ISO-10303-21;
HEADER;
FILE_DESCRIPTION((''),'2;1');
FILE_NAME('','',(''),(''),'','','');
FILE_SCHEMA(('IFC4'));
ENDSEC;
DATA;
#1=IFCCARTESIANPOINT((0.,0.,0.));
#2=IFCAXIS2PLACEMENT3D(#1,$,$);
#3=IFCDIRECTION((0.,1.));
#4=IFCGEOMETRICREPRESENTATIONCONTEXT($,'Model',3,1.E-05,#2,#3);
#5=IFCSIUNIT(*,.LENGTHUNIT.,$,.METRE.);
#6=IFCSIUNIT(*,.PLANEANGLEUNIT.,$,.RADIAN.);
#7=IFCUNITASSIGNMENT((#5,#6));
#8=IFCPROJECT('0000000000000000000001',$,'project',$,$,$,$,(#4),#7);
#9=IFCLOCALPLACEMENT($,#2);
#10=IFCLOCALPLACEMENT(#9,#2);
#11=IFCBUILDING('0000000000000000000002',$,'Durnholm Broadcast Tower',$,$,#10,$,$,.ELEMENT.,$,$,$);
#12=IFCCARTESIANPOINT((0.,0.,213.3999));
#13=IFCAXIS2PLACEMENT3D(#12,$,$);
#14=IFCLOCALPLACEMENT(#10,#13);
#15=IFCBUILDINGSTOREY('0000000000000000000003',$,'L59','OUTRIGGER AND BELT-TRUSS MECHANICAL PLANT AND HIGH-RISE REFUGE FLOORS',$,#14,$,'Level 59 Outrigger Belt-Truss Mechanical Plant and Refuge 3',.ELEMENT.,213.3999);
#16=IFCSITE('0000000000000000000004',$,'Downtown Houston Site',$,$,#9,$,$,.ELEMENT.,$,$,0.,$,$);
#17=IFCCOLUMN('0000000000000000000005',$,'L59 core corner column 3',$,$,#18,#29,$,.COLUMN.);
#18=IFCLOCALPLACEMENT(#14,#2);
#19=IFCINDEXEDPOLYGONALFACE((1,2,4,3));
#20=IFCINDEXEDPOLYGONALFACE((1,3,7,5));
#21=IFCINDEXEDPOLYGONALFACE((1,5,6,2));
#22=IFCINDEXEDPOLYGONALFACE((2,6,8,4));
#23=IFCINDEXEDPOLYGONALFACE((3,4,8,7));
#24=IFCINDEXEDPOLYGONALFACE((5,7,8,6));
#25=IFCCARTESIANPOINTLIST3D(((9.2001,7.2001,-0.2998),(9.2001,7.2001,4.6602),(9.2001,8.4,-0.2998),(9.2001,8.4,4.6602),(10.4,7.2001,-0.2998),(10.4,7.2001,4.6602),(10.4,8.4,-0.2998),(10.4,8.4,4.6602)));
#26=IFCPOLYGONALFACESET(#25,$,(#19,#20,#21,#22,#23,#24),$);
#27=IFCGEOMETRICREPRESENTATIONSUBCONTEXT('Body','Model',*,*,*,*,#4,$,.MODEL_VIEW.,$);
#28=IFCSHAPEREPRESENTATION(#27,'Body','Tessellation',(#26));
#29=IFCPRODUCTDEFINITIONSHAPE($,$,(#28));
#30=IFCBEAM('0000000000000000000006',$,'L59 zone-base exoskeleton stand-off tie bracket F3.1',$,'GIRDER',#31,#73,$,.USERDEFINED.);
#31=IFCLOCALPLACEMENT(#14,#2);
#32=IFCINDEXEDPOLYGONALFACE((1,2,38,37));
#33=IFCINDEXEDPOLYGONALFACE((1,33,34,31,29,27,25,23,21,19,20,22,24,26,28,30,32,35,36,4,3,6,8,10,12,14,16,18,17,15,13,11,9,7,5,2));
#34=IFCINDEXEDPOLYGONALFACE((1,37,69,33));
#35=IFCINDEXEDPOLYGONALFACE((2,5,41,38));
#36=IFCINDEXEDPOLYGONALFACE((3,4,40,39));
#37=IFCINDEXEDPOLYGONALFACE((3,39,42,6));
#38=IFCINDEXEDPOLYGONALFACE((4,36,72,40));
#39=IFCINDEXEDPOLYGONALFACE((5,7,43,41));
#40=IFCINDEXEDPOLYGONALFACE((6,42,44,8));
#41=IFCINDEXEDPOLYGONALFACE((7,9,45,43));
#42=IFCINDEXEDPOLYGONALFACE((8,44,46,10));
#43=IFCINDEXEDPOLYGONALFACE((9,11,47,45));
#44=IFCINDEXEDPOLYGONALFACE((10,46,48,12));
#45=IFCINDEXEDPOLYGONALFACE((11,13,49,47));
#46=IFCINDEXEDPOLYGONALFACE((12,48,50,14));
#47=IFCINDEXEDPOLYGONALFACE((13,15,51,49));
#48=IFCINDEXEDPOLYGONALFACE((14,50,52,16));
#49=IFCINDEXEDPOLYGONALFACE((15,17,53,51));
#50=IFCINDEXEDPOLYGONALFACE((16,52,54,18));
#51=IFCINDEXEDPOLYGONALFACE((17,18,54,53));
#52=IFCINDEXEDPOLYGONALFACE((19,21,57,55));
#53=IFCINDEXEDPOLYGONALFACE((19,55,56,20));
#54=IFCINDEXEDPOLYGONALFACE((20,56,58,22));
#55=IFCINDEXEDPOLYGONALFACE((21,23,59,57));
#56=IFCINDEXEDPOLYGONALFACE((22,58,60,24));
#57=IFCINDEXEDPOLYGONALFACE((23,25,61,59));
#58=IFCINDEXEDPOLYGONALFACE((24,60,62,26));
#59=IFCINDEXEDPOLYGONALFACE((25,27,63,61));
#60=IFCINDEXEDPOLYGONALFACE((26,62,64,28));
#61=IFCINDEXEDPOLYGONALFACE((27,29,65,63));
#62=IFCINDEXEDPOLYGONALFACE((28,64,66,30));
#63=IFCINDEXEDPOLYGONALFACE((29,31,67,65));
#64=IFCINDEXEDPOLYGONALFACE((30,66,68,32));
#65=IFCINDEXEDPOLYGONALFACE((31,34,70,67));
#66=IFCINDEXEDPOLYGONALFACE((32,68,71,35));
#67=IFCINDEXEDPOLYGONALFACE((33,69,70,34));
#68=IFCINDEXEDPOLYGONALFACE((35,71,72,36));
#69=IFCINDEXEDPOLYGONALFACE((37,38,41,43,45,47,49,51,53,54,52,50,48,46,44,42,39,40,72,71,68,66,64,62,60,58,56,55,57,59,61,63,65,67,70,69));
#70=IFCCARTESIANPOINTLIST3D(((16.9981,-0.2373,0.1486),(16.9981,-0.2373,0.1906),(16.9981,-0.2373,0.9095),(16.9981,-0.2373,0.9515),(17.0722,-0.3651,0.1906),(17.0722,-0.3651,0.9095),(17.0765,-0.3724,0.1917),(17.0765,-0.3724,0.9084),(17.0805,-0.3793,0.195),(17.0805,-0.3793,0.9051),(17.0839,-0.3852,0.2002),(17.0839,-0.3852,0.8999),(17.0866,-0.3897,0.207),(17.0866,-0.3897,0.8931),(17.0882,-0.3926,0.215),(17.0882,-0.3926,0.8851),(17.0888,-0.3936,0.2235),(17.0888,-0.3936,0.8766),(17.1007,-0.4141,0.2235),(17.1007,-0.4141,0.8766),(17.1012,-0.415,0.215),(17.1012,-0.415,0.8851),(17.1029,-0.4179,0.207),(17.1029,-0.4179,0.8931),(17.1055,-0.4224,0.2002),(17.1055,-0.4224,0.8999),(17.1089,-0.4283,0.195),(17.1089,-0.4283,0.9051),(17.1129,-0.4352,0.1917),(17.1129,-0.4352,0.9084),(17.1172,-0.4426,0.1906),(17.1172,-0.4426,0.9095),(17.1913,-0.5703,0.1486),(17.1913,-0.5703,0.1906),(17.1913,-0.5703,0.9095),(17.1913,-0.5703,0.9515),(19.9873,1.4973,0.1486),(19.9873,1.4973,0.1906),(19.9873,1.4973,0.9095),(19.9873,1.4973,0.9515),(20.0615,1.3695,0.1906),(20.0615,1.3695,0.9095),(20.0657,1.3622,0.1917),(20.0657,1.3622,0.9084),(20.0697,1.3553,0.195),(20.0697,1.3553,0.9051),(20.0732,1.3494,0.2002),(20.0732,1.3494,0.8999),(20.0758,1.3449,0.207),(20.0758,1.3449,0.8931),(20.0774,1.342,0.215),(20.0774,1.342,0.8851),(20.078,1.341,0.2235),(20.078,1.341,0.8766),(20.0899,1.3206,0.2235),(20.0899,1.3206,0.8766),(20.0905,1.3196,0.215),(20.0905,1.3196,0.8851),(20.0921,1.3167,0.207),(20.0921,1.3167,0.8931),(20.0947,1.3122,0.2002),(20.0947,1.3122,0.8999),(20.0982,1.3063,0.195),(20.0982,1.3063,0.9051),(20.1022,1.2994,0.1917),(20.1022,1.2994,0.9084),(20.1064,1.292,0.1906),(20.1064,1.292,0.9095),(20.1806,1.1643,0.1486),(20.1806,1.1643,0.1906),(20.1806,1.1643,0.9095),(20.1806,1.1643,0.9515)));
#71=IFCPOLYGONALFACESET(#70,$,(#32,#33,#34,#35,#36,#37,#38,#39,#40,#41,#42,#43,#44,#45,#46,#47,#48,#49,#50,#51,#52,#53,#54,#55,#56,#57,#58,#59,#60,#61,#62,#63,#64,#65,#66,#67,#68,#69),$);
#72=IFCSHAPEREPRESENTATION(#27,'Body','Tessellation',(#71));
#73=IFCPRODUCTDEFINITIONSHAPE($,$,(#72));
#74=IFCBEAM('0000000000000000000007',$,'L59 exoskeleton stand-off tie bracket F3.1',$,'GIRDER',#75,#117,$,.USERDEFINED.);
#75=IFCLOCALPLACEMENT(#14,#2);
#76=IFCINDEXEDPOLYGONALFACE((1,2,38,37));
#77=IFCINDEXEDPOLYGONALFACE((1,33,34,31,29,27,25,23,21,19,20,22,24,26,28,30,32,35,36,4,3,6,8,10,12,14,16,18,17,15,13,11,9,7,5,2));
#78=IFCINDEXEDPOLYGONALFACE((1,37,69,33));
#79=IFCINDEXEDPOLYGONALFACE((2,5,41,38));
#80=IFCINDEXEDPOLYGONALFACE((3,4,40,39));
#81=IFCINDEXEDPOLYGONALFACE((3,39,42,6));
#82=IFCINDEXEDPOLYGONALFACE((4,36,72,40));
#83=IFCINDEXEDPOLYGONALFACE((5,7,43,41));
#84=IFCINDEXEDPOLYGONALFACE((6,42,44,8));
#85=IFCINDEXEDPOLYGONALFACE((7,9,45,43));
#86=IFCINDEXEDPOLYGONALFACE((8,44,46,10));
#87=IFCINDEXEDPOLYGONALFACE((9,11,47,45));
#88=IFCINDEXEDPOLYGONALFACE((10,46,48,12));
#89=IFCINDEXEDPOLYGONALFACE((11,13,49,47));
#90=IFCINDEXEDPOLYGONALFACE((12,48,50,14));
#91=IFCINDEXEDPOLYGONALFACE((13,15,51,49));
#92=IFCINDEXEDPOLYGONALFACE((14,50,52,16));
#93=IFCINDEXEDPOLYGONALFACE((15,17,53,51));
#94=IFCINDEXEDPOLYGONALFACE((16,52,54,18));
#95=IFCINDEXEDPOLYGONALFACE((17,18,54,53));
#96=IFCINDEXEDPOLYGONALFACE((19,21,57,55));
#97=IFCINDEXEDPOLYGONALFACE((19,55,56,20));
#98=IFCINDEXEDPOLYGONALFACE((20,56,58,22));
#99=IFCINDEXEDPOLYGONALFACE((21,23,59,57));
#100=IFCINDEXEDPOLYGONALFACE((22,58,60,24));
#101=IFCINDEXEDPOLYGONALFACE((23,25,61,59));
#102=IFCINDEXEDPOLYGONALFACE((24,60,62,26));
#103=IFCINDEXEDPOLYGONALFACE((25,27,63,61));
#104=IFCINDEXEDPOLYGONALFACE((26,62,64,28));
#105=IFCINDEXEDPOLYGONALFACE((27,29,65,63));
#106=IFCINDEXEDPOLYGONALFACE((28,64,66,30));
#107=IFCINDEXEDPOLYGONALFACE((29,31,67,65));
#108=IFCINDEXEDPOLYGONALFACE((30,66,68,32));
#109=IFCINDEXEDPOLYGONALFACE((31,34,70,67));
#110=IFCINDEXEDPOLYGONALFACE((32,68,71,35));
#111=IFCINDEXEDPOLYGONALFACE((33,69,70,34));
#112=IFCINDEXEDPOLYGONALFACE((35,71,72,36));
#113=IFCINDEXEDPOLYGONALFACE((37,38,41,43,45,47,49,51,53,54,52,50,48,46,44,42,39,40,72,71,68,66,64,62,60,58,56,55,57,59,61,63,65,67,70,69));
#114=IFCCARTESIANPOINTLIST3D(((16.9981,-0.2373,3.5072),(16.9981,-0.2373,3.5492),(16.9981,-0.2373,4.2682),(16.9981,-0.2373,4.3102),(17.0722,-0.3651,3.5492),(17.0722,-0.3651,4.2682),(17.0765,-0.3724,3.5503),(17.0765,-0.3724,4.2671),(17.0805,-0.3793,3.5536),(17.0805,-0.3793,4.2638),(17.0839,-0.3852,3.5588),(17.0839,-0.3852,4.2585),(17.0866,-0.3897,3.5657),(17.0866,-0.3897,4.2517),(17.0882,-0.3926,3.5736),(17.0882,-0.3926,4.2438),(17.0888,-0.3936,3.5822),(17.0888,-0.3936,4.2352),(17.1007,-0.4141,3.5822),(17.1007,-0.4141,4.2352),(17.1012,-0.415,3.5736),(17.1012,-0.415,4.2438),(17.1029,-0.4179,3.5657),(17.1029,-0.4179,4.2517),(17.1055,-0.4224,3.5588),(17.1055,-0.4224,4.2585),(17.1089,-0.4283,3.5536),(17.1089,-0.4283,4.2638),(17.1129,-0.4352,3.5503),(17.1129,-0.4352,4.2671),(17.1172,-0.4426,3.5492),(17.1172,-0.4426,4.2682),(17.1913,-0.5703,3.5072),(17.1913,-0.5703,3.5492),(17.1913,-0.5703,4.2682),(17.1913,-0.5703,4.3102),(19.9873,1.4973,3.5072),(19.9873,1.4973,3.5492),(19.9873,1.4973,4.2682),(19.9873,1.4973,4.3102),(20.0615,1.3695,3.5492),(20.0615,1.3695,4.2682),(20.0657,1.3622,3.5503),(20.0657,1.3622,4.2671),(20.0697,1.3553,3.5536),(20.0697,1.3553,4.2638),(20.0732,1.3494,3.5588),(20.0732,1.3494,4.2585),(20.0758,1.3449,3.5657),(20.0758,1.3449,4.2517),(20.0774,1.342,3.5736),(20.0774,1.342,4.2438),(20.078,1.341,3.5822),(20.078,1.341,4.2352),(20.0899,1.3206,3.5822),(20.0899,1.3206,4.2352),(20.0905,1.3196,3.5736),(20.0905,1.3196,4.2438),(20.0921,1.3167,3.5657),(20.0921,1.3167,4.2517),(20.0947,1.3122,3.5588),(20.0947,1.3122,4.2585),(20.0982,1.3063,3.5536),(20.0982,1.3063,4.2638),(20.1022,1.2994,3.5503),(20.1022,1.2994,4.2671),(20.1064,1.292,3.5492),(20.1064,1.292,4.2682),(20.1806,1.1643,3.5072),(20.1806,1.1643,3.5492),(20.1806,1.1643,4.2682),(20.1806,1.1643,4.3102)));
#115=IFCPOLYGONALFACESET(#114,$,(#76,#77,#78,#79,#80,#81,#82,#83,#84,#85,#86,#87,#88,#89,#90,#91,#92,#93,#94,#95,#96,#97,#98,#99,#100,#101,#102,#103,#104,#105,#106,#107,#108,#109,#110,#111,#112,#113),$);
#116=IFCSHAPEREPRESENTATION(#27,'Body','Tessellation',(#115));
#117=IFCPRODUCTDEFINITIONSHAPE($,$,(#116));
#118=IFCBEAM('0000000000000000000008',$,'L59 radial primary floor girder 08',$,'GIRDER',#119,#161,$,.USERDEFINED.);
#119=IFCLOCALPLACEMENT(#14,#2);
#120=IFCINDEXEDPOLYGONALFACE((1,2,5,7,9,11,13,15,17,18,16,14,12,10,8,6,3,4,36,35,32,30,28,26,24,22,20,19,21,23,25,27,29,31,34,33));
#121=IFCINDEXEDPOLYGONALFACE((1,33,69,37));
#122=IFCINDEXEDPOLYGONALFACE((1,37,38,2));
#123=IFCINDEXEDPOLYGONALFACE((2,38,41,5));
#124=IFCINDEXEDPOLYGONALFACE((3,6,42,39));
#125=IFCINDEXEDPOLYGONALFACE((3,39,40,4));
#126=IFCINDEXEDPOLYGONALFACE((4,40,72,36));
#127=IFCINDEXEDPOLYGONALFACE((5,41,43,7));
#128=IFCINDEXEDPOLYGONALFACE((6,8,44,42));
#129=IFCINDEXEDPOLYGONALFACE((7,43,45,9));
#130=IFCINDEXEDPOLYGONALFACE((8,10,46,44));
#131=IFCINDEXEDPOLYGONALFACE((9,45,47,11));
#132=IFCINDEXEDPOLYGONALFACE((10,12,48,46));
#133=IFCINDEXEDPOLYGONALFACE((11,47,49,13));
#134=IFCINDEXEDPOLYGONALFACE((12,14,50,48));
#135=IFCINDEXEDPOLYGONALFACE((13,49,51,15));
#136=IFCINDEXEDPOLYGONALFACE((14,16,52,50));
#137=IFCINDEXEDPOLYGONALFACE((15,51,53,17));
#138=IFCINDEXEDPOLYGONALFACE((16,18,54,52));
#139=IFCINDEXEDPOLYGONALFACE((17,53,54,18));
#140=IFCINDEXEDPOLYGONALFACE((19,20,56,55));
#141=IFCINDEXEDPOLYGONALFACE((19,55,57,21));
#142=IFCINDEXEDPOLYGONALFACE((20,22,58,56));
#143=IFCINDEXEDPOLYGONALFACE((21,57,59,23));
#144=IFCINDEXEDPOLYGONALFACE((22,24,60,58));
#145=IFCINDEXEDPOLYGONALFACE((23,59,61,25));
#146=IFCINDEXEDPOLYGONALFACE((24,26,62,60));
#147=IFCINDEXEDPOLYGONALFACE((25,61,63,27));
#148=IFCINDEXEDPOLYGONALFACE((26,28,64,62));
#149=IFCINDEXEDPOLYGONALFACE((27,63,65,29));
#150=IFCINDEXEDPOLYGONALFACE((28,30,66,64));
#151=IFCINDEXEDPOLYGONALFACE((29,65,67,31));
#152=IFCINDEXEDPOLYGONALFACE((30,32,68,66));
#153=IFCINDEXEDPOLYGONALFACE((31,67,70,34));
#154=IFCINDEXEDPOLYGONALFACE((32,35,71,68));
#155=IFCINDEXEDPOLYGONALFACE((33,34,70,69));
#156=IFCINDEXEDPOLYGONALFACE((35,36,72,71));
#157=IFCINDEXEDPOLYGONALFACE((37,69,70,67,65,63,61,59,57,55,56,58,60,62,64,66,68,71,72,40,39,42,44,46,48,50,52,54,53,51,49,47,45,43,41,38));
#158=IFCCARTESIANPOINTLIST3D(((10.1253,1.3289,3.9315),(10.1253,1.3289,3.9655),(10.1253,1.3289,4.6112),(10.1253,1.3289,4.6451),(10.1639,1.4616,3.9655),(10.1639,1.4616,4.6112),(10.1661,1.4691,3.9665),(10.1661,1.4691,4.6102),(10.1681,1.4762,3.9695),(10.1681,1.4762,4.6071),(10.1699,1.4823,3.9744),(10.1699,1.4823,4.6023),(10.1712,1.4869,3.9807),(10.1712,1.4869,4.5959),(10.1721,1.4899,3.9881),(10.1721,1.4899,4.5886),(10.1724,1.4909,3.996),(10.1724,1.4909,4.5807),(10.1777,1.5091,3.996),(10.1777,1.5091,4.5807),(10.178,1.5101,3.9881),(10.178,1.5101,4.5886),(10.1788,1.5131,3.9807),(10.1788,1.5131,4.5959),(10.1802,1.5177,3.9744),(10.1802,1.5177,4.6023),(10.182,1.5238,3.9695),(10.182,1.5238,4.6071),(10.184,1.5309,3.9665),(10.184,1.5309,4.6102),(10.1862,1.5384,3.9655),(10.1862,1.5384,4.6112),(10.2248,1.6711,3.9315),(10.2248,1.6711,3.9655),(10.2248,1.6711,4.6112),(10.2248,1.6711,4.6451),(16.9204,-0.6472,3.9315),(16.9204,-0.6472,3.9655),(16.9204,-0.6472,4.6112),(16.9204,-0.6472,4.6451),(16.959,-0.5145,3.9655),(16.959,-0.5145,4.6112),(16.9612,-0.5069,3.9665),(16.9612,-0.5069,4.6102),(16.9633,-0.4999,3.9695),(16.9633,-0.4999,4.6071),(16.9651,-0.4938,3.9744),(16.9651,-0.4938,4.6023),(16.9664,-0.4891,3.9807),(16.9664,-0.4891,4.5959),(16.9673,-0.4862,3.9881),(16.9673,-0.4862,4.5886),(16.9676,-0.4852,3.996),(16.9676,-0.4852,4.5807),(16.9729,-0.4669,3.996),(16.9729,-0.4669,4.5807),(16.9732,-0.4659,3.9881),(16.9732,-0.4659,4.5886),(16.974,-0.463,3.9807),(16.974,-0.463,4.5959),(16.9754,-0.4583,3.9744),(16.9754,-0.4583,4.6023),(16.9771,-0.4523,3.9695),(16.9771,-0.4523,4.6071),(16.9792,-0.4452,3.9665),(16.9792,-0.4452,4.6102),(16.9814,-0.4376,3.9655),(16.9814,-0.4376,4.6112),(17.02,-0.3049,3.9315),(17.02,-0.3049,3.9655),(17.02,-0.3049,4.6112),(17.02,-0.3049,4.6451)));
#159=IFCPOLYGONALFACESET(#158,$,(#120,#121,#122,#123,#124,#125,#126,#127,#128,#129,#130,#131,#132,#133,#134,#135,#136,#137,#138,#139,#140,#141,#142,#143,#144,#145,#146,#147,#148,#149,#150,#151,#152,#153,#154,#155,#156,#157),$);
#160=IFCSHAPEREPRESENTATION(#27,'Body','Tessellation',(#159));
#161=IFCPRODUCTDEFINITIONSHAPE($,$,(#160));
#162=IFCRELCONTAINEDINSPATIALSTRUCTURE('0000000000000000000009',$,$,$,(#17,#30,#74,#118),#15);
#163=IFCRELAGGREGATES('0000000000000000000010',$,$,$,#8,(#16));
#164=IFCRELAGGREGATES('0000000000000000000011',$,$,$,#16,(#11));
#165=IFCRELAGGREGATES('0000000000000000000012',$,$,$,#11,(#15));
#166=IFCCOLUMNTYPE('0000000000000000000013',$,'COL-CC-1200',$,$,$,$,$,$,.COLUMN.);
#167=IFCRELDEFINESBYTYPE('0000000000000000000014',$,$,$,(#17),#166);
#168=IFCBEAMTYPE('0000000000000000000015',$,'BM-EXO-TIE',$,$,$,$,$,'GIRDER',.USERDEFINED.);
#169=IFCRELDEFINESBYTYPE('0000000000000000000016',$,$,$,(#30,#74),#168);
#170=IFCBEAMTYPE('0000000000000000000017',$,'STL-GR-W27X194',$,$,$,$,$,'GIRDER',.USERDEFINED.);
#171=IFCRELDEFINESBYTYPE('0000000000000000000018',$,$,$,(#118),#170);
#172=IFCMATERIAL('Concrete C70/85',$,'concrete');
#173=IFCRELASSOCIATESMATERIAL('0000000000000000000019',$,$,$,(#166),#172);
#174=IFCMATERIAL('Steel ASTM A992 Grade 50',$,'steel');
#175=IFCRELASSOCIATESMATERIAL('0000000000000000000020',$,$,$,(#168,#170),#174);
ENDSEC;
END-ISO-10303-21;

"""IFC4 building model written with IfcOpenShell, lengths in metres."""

from ifc_helpers import new_model, si_unit, direction, frame, origin, origin_2d, place, context, subcontext, project, spatial, rectangle, i_section, extrude, source, transform, mapped, material, material_profile, profile_set, type_object, type_shapes, element, save


model = new_model("IFC4")

# Units and contexts
model_context = context("Model", 3, precision=1e-05, world=origin(), true_north=direction((0.0, 1.0)))
body_context = subcontext(model_context, "Body", "Model", "MODEL_VIEW")
ifc_project = project(units=[si_unit("LENGTHUNIT", "METRE"), si_unit("PLANEANGLEUNIT", "RADIAN")], contexts=[model_context])

# Site, building, storey
site_placement = place(None, origin())
site = spatial("IfcSite", under=ifc_project, at=site_placement, Name="Downtown Houston Site", CompositionType="ELEMENT", RefElevation=0.0)
building_placement = place(site_placement, origin())
building = spatial("IfcBuilding", under=site, at=building_placement, Name="Durnholm Broadcast Tower", CompositionType="ELEMENT")
storey_placement = place(building_placement, frame((0.0, 0.0, 213.3999)))
storey = spatial("IfcBuildingStorey", under=building, at=storey_placement, Name="L59", Description="OUTRIGGER AND BELT-TRUSS MECHANICAL PLANT AND HIGH-RISE REFUGE FLOORS", LongName="Level 59 Outrigger Belt-Truss Mechanical Plant and Refuge 3", CompositionType="ELEMENT", Elevation=213.3999)

# Column
ifc_material_1 = material(Name="Concrete C70/85", Category="concrete")
ifc_material_profile_1 = material_profile(ifc_material_1, rectangle(XDim=1.2, YDim=1.2, at=origin_2d()), Name="RC1200X1200")
ifc_profile_set_1 = profile_set([ifc_material_profile_1], Name="Concrete C70/85")
column_type = type_object("IfcColumnType", Name="COL-CC-1200", PredefinedType="COLUMN", material=ifc_profile_set_1)
shared_shape_1 = source(origin(), body_context, "Body", "SweptSolid", [
    extrude(rectangle(XDim=1.2, YDim=1.2, at=origin_2d()), origin(), (0.0, 0.0, 1.0), 4.96),
])
type_shapes(column_type, [shared_shape_1])
column_placement = place(storey_placement, frame((9.8, 7.8, -0.2998), z_axis=(0.0, 0.0, 1.0), x_axis=(1.0, 0.0, 0.0)))
element("IfcColumn", 1, at=column_placement, inside=storey, type_object=column_type, Name="L59 core corner column 3", PredefinedType="COLUMN", context=body_context, shape_type="MappedRepresentation", body=[
    mapped(shared_shape_1, transform((0.0, 0.0, 0.0), x_axis=(1.0, 0.0, 0.0), y_axis=(0.0, 1.0, 0.0), z_axis=(0.0, 0.0, 1.0), scale=1.0)),
])

# Beams
ifc_material_2 = material(Name="Steel ASTM A992 Grade 50", Category="steel")
ifc_material_profile_2 = material_profile(ifc_material_2, i_section(OverallWidth=0.385, OverallDepth=0.803, WebThickness=0.0237, FlangeThickness=0.042, FilletRadius=0.033, at=origin_2d()), Name="W30X261")
ifc_profile_set_2 = profile_set([ifc_material_profile_2], Name="Steel ASTM A992 Grade 50")
beam_type_1 = type_object("IfcBeamType", Name="BM-EXO-TIE", ElementType="GIRDER", PredefinedType="USERDEFINED", material=ifc_profile_set_2)
shared_shape_2 = source(origin(), body_context, "Body", "SweptSolid", [
    extrude(i_section(OverallWidth=0.385, OverallDepth=0.803, WebThickness=0.0237, FlangeThickness=0.042, FilletRadius=0.033, at=origin_2d()), origin(), (0.0, 0.0, 1.0), 3.4561),
])
for number, where, z_axis, x_axis, name in (
    (2, (17.0947, -0.4038, 0.55), (0.864924, 0.501902, 0.0), (-0.501902, 0.864924, 0.0), "L59 zone-base exoskeleton stand-off tie bracket F3.1"),
    (3, (17.0947, -0.4038, 3.9087), (0.864924, 0.501902, 0.0), (-0.501902, 0.864924, 0.0), "L59 exoskeleton stand-off tie bracket F3.1"),
):
    element("IfcBeam", number, at=place(storey_placement, frame(where, z_axis=z_axis, x_axis=x_axis)), inside=storey, type_object=beam_type_1, Name=name, ObjectType="GIRDER", PredefinedType="USERDEFINED", context=body_context, shape_type="MappedRepresentation", body=[
        mapped(shared_shape_2, transform((0.0, 0.0, 0.0), x_axis=(1.0, 0.0, 0.0), y_axis=(0.0, 1.0, 0.0), z_axis=(0.0, 0.0, 1.0), scale=1.0)),
    ])
ifc_material_profile_3 = material_profile(ifc_material_2, i_section(OverallWidth=0.3564, OverallDepth=0.7136, WebThickness=0.019, FlangeThickness=0.0339, FilletRadius=0.0305, at=origin_2d()), Name="W27X194")
ifc_profile_set_3 = profile_set([ifc_material_profile_3], Name="Steel ASTM A992 Grade 50")
beam_type_2 = type_object("IfcBeamType", Name="STL-GR-W27X194", ElementType="GIRDER", PredefinedType="USERDEFINED", material=ifc_profile_set_3)
shared_shape_3 = source(origin(), body_context, "Body", "SweptSolid", [
    extrude(i_section(OverallWidth=0.3564, OverallDepth=0.7136, WebThickness=0.019, FlangeThickness=0.0339, FilletRadius=0.0305, at=origin_2d()), origin(), (0.0, 0.0, 1.0), 7.0767),
])
beam_1_placement = place(storey_placement, frame((10.175, 1.5, 4.2883), z_axis=(0.960222, -0.279238, 0.0), x_axis=(0.279238, 0.960222, 0.0)))
element("IfcBeam", 4, at=beam_1_placement, inside=storey, type_object=beam_type_2, Name="L59 radial primary floor girder 08", ObjectType="GIRDER", PredefinedType="USERDEFINED", context=body_context, shape_type="MappedRepresentation", body=[
    mapped(shared_shape_3, transform((0.0, 0.0, 0.0), x_axis=(1.0, 0.0, 0.0), y_axis=(0.0, 1.0, 0.0), z_axis=(0.0, 0.0, 1.0), scale=1.0)),
])

save(model, "model.ifc")
